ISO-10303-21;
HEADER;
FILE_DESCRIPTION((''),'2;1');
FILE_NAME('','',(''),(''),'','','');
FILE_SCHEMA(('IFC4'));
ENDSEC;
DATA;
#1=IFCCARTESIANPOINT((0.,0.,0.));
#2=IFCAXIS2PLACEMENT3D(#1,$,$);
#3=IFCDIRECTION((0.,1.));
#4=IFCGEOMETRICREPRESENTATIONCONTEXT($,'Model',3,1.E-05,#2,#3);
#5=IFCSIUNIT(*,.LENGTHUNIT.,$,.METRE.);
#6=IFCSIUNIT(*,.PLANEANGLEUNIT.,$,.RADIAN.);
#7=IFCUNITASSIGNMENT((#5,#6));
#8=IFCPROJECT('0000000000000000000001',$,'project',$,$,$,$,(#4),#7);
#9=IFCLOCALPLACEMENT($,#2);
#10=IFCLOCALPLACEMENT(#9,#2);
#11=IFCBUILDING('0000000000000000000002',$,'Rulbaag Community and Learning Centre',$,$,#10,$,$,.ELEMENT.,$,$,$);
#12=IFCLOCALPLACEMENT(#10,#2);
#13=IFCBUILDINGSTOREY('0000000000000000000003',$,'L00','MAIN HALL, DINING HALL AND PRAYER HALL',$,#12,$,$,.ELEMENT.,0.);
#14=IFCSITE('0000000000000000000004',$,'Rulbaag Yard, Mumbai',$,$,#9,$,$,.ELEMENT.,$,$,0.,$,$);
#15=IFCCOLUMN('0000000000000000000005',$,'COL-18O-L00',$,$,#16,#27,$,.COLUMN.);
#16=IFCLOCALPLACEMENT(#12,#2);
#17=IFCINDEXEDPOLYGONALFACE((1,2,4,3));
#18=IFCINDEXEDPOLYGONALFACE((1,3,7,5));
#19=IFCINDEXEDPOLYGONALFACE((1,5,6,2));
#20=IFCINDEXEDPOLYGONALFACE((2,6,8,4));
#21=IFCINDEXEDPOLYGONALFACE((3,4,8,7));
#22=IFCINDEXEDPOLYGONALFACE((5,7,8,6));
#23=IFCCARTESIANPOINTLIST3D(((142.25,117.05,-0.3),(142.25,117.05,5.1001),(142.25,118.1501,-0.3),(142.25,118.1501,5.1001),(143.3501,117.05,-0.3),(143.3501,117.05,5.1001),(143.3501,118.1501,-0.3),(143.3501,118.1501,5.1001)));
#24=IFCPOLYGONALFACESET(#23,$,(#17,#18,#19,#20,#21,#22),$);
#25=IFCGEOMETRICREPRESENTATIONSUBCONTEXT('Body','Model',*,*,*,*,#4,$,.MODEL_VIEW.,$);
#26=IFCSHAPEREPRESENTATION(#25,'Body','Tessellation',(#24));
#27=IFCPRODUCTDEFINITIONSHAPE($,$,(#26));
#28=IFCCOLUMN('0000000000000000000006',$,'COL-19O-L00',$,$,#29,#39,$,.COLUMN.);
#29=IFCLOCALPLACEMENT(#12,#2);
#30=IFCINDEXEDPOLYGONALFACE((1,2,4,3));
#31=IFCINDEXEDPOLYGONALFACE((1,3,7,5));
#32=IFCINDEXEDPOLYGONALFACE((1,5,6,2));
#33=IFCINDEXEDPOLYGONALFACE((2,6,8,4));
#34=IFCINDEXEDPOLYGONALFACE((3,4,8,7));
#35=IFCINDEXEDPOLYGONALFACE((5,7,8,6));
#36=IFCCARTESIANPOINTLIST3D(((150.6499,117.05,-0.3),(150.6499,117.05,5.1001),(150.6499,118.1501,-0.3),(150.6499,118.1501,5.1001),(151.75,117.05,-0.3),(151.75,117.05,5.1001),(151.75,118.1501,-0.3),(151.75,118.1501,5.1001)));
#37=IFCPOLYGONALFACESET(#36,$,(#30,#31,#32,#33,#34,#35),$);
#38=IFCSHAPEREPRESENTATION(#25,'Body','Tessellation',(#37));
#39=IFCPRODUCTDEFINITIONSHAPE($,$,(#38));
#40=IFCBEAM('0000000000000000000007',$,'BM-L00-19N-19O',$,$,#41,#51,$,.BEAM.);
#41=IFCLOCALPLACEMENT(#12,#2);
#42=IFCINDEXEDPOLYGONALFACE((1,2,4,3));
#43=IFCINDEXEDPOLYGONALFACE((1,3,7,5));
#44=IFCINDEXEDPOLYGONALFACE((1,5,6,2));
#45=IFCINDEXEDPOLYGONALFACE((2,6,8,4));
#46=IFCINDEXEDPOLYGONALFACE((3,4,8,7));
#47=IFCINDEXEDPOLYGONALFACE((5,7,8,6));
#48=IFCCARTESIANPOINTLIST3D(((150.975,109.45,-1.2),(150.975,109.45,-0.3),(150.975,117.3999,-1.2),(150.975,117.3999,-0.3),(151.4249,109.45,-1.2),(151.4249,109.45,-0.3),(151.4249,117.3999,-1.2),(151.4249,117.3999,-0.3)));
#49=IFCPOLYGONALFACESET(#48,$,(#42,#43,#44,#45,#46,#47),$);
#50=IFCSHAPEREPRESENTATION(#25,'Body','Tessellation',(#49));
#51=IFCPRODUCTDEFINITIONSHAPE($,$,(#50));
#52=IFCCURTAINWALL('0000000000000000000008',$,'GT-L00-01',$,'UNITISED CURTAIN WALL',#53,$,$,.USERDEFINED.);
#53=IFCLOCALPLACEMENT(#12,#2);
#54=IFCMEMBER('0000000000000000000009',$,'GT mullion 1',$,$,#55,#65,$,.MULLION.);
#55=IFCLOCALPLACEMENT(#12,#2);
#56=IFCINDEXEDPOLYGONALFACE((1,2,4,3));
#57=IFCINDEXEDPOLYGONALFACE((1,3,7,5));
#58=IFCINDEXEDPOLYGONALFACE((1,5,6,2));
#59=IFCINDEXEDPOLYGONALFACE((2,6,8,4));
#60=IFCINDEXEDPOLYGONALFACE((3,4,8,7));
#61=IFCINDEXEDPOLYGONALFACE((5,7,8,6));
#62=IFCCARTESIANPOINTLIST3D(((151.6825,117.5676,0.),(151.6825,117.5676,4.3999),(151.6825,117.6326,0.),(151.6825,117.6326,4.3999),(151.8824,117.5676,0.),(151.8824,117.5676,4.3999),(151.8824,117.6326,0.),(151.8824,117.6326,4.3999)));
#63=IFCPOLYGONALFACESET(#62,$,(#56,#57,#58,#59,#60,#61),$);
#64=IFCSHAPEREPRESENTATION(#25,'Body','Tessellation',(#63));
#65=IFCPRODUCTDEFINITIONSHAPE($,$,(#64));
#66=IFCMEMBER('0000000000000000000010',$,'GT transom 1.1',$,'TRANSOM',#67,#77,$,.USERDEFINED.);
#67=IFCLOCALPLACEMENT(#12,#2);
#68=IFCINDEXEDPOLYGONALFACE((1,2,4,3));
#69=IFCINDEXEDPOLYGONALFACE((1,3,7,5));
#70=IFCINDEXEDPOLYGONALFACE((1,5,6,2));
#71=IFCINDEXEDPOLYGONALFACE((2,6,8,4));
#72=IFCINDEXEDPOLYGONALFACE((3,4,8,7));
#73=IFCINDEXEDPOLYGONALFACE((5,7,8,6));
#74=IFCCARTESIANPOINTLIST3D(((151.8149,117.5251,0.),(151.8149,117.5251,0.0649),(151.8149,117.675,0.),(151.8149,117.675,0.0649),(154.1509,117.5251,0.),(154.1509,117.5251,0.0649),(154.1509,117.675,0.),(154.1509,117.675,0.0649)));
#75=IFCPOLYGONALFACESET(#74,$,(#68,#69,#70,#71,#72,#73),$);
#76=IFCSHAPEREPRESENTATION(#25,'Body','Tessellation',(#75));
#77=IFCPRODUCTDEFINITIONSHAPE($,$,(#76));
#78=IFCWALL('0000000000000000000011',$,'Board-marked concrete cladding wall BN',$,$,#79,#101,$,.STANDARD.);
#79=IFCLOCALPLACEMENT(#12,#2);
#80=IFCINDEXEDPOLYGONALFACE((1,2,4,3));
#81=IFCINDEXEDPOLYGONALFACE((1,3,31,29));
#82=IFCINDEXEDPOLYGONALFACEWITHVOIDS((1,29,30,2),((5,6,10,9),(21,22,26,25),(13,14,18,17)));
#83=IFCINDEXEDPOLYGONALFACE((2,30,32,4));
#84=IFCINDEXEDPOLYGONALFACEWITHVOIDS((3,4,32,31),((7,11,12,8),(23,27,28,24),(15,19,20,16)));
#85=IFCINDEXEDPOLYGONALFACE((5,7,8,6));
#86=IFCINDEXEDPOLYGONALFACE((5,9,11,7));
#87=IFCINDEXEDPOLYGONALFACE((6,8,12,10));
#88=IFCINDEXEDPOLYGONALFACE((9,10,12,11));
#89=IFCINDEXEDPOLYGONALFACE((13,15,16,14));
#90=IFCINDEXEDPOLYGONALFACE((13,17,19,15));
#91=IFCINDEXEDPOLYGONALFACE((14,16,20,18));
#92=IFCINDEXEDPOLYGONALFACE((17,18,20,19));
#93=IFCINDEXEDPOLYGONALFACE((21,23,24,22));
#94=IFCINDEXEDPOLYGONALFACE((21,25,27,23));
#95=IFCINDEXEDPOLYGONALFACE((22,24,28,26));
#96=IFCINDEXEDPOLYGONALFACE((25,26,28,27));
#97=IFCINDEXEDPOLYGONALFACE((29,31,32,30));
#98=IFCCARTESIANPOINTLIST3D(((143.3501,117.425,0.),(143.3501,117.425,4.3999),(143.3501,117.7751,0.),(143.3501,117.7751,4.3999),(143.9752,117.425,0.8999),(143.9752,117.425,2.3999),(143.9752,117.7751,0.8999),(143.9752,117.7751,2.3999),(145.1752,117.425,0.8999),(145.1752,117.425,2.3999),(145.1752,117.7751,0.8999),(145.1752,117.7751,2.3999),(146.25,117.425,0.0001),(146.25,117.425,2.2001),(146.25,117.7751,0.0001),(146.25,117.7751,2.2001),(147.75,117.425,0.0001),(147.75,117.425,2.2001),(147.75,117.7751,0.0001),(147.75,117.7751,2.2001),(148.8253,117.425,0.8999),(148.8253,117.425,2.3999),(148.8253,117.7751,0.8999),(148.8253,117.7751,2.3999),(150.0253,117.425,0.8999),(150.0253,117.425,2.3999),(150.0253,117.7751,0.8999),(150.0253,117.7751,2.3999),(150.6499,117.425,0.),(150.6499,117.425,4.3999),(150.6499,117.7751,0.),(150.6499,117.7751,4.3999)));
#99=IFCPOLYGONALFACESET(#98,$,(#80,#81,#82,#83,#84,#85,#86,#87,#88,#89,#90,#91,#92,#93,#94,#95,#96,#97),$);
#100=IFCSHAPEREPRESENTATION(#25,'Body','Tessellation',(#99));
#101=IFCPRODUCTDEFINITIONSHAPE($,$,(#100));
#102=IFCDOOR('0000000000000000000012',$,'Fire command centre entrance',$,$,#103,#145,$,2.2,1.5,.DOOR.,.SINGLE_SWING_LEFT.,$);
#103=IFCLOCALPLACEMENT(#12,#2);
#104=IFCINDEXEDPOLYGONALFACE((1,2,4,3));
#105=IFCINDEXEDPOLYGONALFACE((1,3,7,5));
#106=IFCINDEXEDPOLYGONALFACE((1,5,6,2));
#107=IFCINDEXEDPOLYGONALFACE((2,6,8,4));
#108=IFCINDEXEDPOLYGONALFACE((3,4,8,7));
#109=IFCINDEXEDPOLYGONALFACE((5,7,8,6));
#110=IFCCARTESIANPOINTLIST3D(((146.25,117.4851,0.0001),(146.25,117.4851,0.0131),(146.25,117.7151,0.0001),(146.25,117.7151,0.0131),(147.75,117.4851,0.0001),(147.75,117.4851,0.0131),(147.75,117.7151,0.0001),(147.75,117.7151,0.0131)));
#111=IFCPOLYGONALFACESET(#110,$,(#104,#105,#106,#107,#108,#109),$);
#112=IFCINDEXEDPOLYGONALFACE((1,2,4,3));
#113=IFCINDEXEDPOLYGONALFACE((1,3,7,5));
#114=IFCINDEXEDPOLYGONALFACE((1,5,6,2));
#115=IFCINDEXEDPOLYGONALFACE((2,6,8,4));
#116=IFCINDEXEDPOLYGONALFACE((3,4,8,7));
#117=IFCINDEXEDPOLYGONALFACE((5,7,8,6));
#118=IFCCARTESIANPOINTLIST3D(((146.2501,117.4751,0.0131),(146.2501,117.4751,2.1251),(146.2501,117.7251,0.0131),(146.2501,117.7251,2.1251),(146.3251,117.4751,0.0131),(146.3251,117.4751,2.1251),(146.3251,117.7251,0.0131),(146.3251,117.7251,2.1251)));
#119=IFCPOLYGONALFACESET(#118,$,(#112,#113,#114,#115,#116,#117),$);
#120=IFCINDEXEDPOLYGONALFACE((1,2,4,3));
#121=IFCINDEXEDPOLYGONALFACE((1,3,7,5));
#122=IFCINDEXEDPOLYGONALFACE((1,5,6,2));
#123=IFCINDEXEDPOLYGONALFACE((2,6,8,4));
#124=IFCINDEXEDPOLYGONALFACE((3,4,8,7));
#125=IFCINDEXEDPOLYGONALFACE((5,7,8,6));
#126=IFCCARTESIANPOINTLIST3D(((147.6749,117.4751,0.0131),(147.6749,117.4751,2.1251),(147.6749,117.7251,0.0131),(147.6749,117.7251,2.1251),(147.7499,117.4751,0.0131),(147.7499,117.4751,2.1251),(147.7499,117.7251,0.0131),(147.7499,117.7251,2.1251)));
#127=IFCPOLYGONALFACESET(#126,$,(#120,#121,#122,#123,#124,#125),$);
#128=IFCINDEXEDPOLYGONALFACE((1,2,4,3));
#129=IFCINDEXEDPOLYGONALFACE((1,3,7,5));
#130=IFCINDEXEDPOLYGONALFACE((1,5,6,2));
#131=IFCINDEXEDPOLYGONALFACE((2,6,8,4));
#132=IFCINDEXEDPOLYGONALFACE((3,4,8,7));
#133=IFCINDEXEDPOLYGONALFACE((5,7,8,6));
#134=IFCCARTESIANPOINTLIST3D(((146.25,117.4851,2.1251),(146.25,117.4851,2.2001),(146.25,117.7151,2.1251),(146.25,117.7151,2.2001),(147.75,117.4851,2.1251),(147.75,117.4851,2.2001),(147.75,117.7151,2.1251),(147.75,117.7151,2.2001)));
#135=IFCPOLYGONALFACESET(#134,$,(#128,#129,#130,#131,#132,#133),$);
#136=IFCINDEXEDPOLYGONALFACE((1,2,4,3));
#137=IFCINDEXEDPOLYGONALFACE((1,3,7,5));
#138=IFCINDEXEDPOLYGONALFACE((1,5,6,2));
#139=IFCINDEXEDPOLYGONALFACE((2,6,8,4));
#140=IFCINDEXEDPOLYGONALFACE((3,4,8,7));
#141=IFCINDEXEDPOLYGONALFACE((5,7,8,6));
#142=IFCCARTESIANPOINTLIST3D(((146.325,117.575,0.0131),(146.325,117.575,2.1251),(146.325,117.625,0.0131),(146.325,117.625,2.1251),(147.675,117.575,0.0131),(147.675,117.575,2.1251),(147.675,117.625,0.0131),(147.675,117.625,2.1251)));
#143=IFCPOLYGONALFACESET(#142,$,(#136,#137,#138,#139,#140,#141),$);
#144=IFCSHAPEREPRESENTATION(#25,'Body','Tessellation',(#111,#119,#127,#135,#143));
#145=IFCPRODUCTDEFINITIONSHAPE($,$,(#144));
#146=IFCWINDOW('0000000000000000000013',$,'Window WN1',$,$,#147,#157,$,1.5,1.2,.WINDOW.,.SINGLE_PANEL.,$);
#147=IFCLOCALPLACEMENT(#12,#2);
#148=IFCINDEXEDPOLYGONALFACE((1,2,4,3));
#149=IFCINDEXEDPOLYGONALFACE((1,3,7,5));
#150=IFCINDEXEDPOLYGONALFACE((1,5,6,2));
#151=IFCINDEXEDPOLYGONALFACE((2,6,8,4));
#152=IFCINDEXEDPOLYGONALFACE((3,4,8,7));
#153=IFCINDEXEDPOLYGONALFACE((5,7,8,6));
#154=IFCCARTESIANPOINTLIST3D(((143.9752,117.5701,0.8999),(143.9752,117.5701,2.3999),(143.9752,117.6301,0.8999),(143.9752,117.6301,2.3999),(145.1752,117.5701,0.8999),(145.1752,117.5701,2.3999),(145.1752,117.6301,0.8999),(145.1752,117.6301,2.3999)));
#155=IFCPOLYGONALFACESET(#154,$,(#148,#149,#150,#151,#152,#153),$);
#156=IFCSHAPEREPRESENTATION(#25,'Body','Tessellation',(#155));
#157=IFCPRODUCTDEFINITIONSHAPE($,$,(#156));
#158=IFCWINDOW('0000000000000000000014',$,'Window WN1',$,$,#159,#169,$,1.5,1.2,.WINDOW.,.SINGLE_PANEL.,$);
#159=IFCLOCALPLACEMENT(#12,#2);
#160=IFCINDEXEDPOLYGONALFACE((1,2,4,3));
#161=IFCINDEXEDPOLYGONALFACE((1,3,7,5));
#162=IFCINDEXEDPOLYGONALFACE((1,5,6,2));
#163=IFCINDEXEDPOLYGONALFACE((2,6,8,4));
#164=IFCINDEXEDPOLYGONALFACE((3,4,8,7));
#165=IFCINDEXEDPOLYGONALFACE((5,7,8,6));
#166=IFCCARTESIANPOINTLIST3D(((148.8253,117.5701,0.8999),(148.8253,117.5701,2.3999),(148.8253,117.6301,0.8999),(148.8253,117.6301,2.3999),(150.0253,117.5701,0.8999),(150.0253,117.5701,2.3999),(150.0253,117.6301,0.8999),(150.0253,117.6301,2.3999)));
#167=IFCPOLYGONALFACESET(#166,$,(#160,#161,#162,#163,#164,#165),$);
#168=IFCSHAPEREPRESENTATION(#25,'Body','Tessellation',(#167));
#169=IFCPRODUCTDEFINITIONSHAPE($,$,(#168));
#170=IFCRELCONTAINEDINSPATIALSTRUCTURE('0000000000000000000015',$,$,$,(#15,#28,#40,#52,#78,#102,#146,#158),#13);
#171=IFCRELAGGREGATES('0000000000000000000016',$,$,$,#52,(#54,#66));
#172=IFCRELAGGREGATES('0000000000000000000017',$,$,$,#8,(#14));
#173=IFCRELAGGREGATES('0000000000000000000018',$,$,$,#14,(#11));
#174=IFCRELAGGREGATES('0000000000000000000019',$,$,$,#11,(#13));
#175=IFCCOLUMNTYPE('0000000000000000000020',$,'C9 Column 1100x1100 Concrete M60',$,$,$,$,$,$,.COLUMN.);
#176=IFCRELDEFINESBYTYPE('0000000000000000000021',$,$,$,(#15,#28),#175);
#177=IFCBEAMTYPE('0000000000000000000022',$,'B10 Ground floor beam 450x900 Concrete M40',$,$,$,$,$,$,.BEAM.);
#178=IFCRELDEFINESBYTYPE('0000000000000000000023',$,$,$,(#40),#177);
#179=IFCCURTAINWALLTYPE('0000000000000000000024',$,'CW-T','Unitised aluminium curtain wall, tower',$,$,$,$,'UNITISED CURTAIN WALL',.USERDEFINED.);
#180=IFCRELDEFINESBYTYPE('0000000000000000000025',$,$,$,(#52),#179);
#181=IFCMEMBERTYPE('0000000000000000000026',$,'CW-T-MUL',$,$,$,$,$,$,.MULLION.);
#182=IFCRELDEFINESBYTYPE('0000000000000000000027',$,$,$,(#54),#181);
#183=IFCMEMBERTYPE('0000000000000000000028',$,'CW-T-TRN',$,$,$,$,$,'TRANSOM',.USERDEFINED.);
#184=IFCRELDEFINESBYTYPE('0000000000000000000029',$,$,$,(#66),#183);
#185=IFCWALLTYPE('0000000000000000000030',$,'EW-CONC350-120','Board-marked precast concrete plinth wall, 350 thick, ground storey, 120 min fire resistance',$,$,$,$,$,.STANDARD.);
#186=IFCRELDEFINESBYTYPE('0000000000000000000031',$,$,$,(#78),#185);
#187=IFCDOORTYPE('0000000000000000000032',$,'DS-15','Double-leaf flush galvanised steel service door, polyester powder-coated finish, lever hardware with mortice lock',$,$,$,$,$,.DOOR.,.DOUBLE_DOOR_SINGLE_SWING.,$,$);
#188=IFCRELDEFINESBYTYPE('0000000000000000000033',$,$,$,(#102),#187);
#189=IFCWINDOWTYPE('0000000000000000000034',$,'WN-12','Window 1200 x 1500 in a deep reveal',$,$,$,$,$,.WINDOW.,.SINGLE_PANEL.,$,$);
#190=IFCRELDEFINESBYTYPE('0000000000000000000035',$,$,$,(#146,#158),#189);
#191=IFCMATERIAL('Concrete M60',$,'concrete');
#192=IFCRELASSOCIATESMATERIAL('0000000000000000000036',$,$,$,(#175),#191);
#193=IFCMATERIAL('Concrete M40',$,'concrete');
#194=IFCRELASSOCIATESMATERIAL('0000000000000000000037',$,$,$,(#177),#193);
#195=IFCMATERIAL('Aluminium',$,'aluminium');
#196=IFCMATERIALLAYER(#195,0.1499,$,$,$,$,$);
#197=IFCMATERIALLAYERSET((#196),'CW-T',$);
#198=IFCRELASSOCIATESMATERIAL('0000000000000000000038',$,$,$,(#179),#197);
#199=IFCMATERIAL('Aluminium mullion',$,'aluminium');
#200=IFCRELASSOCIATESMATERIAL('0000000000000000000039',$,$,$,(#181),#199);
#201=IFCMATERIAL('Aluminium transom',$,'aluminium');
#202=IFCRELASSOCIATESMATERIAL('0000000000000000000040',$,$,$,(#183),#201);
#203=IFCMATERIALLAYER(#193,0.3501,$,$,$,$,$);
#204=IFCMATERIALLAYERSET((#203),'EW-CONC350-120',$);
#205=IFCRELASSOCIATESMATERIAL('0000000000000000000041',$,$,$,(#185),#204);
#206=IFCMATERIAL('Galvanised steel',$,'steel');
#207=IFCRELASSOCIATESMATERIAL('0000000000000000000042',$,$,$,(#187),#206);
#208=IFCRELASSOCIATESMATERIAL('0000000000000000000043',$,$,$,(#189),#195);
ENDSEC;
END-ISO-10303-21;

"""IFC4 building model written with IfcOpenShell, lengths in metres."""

from ifc_helpers import new_model, si_unit, direction, frame, frame_2d, origin, origin_2d, place, context, subcontext, project, spatial, rectangle, extrude, material, layer, layer_set, material_profile, profile_set, type_object, element, fill, aggregate, save


model = new_model("IFC4")

# Units and contexts
model_context = context("Model", 3, precision=1e-05, world=origin(), true_north=direction((0.0, 1.0)))
body_context = subcontext(model_context, "Body", "Model", "MODEL_VIEW")
ifc_project = project(units=[si_unit("LENGTHUNIT", "METRE"), si_unit("PLANEANGLEUNIT", "RADIAN")], contexts=[model_context])

# Site, building, storey
site_placement = place(None, origin())
site = spatial("IfcSite", under=ifc_project, at=site_placement, Name="Rulbaag Yard, Mumbai", CompositionType="ELEMENT", RefElevation=0.0)
building_placement = place(site_placement, origin())
building = spatial("IfcBuilding", under=site, at=building_placement, Name="Rulbaag Community and Learning Centre", CompositionType="ELEMENT")
storey_placement = place(building_placement, origin())
storey = spatial("IfcBuildingStorey", under=building, at=storey_placement, Name="L00", Description="MAIN HALL, DINING HALL AND PRAYER HALL", CompositionType="ELEMENT", Elevation=0.0)

# Columns
ifc_material_1 = material(Name="Concrete M60", Category="concrete")
ifc_material_profile_1 = material_profile(ifc_material_1, rectangle(XDim=1.1001, YDim=1.1001, at=origin_2d()), Name="RC1100x1100")
ifc_profile_set_1 = profile_set([ifc_material_profile_1], Name="Concrete M60")
column_type = type_object("IfcColumnType", Name="C9 Column 1100x1100 Concrete M60", PredefinedType="COLUMN", material=ifc_profile_set_1)
for number, where, z_axis, x_axis, name in (
    (1, (142.8, 117.6001, -0.3), (0.0, 0.0, 1.0), (1.0, 0.0, 0.0), "COL-18O-L00"),
    (2, (151.2, 117.6001, -0.3), (0.0, 0.0, 1.0), (1.0, 0.0, 0.0), "COL-19O-L00"),
):
    element("IfcColumn", number, at=place(storey_placement, frame(where, z_axis=z_axis, x_axis=x_axis)), inside=storey, type_object=column_type, Name=name, PredefinedType="COLUMN", context=body_context, shape_type="SweptSolid", body=[
        extrude(rectangle(XDim=1.1001, YDim=1.1001, at=origin_2d()), origin(), (0.0, 0.0, 1.0), 5.4001),
    ])

# Beam
ifc_material_2 = material(Name="Concrete M40", Category="concrete")
ifc_material_profile_2 = material_profile(ifc_material_2, rectangle(XDim=0.45, YDim=0.8999, at=origin_2d()), Name="RB450x900")
ifc_profile_set_2 = profile_set([ifc_material_profile_2], Name="Concrete M40")
beam_type = type_object("IfcBeamType", Name="B10 Ground floor beam 450x900 Concrete M40", PredefinedType="BEAM", material=ifc_profile_set_2)
beam_placement = place(storey_placement, frame((151.2, 109.45, -0.75), z_axis=(0.0, 1.0, 0.0), x_axis=(-1.0, 0.0, 0.0)))
element("IfcBeam", 3, at=beam_placement, inside=storey, type_object=beam_type, Name="BM-L00-19N-19O", PredefinedType="BEAM", context=body_context, shape_type="SweptSolid", body=[
    extrude(rectangle(XDim=0.45, YDim=0.8999, at=origin_2d()), origin(), (0.0, 0.0, 1.0), 7.95),
])

# Curtain wall, members
ifc_material_3 = material(Name="Aluminium", Category="aluminium")
ifc_layer_1 = layer(ifc_material_3, 0.1499)
ifc_layer_set_1 = layer_set([ifc_layer_1], Name="CW-T")
curtain_wall_type = type_object("IfcCurtainWallType", Name="CW-T", Description="Unitised aluminium curtain wall, tower", ElementType="UNITISED CURTAIN WALL", PredefinedType="USERDEFINED", material=ifc_layer_set_1)
curtain_wall_placement = place(storey_placement, origin())
curtain_wall = element("IfcCurtainWall", 4, at=curtain_wall_placement, inside=storey, type_object=curtain_wall_type, Name="GT-L00-01", ObjectType="UNITISED CURTAIN WALL", PredefinedType="USERDEFINED")
ifc_material_4 = material(Name="Aluminium mullion", Category="aluminium")
ifc_material_profile_3 = material_profile(ifc_material_4, rectangle(XDim=0.0649, YDim=0.2, at=origin_2d()), Name="AL 65x200")
ifc_profile_set_3 = profile_set([ifc_material_profile_3], Name="Aluminium mullion")
member_type_1 = type_object("IfcMemberType", Name="CW-T-MUL", PredefinedType="MULLION", material=ifc_profile_set_3)
member_1_placement = place(storey_placement, frame((151.7825, 117.6001, 0.0), z_axis=(0.0, 0.0, 1.0), x_axis=(0.0, 1.0, 0.0)))
member_1 = element("IfcMember", 5, at=member_1_placement, type_object=member_type_1, Name="GT mullion 1", PredefinedType="MULLION", context=body_context, shape_type="SweptSolid", body=[
    extrude(rectangle(XDim=0.0649, YDim=0.2, at=origin_2d()), origin(), (0.0, 0.0, 1.0), 4.3999),
])
ifc_material_5 = material(Name="Aluminium transom", Category="aluminium")
ifc_material_profile_4 = material_profile(ifc_material_5, rectangle(XDim=0.1499, YDim=0.0649, at=origin_2d()), Name="AL 65x150 T")
ifc_profile_set_4 = profile_set([ifc_material_profile_4], Name="Aluminium transom")
member_type_2 = type_object("IfcMemberType", Name="CW-T-TRN", ElementType="TRANSOM", PredefinedType="USERDEFINED", material=ifc_profile_set_4)
member_2_placement = place(storey_placement, frame((151.8149, 117.6001, 0.0325), z_axis=(1.0, 0.0, 0.0), x_axis=(0.0, 1.0, 0.0)))
member_2 = element("IfcMember", 6, at=member_2_placement, type_object=member_type_2, Name="GT transom 1.1", ObjectType="TRANSOM", PredefinedType="USERDEFINED", context=body_context, shape_type="SweptSolid", body=[
    extrude(rectangle(XDim=0.1499, YDim=0.0649, at=origin_2d()), origin(), (0.0, 0.0, 1.0), 2.3359),
])
aggregate(curtain_wall, [member_1, member_2])

# Wall, openings, door, windows
ifc_layer_2 = layer(ifc_material_2, 0.3501)
ifc_layer_set_2 = layer_set([ifc_layer_2], Name="EW-CONC350-120")
wall_type_1 = type_object("IfcWallType", Name="EW-CONC350-120", Description="Board-marked precast concrete plinth wall, 350 thick, ground storey, 120 min fire resistance", PredefinedType="STANDARD", material=ifc_layer_set_2)
wall_1_placement = place(storey_placement, frame((143.3501, 117.6001, 0.0), z_axis=(0.0, 0.0, 1.0), x_axis=(1.0, 0.0, 0.0)))
wall_1 = element("IfcWall", 7, at=wall_1_placement, inside=storey, type_object=wall_type_1, Name="Board-marked concrete cladding wall BN", PredefinedType="STANDARD", context=body_context, shape_type="SweptSolid", body=[
    extrude(rectangle(XDim=7.2998, YDim=0.3501, at=frame_2d((3.6499, 0.0))), origin(), (0.0, 0.0, 1.0), 4.3999),
])
opening_1_placement = place(wall_1_placement, frame((2.8999, 0.0, 0.0)))
opening_1 = element("IfcOpeningElement", 8, at=opening_1_placement, cuts=wall_1, PredefinedType="OPENING", context=body_context, shape_type="SweptSolid", body=[
    extrude(rectangle(XDim=1.5, YDim=2.2, at=frame_2d((0.75, 1.1001))), frame((0.0, 0.1851, 0.0), z_axis=(0.0, -1.0, 0.0), x_axis=(1.0, 0.0, 0.0)), (0.0, 0.0, 1.0), 0.3701),
])
opening_2_placement = place(wall_1_placement, frame((0.625, 0.0, 0.8999)))
opening_2 = element("IfcOpeningElement", 9, at=opening_2_placement, cuts=wall_1, PredefinedType="OPENING", context=body_context, shape_type="SweptSolid", body=[
    extrude(rectangle(XDim=1.2, YDim=1.5, at=frame_2d((0.6001, 0.75))), frame((0.0, 0.1851, 0.0), z_axis=(0.0, -1.0, 0.0), x_axis=(1.0, 0.0, 0.0)), (0.0, 0.0, 1.0), 0.3701),
])
opening_3_placement = place(wall_1_placement, frame((5.4751, 0.0, 0.8999)))
opening_3 = element("IfcOpeningElement", 10, at=opening_3_placement, cuts=wall_1, PredefinedType="OPENING", context=body_context, shape_type="SweptSolid", body=[
    extrude(rectangle(XDim=1.2, YDim=1.5, at=frame_2d((0.6001, 0.75))), frame((0.0, 0.1851, 0.0), z_axis=(0.0, -1.0, 0.0), x_axis=(1.0, 0.0, 0.0)), (0.0, 0.0, 1.0), 0.3701),
])
ifc_material_6 = material(Name="Galvanised steel", Category="steel")
door_type_1 = type_object("IfcDoorType", Name="DS-15", Description="Double-leaf flush galvanised steel service door, polyester powder-coated finish, lever hardware with mortice lock", OperationType="DOUBLE_DOOR_SINGLE_SWING", PredefinedType="DOOR", material=ifc_material_6)
door_1_placement = place(opening_1_placement, origin())
door_1 = element("IfcDoor", 11, at=door_1_placement, inside=storey, type_object=door_type_1, Name="Fire command centre entrance", OperationType="SINGLE_SWING_LEFT", OverallHeight=2.2, OverallWidth=1.5, PredefinedType="DOOR", context=body_context, shape_type="SweptSolid", body=[
    extrude(rectangle(XDim=1.5, YDim=0.0129, at=frame_2d((0.75, 0.0066))), frame((0.0, 0.115, 0.0), z_axis=(0.0, -1.0, 0.0), x_axis=(1.0, 0.0, 0.0)), (0.0, 0.0, 1.0), 0.23),
    extrude(rectangle(XDim=0.075, YDim=2.1121, at=frame_2d((0.0376, 1.0691))), frame((0.0, 0.125, 0.0), z_axis=(0.0, -1.0, 0.0), x_axis=(1.0, 0.0, 0.0)), (0.0, 0.0, 1.0), 0.25),
    extrude(rectangle(XDim=0.075, YDim=2.1121, at=frame_2d((1.4624, 1.0691))), frame((0.0, 0.125, 0.0), z_axis=(0.0, -1.0, 0.0), x_axis=(1.0, 0.0, 0.0)), (0.0, 0.0, 1.0), 0.25),
    extrude(rectangle(XDim=1.5, YDim=0.075, at=frame_2d((0.75, 2.1626))), frame((0.0, 0.115, 0.0), z_axis=(0.0, -1.0, 0.0), x_axis=(1.0, 0.0, 0.0)), (0.0, 0.0, 1.0), 0.23),
    extrude(rectangle(XDim=1.3501, YDim=2.1121, at=frame_2d((0.75, 1.0691))), frame((0.0, 0.0249, 0.0), z_axis=(0.0, -1.0, 0.0), x_axis=(1.0, 0.0, 0.0)), (0.0, 0.0, 1.0), 0.05),
])
fill(opening_1, door_1)
window_type_1 = type_object("IfcWindowType", Name="WN-12", Description="Window 1200 x 1500 in a deep reveal", PartitioningType="SINGLE_PANEL", PredefinedType="WINDOW", material=ifc_material_3)
window_1_placement = place(opening_2_placement, origin())
window_1 = element("IfcWindow", 12, at=window_1_placement, inside=storey, type_object=window_type_1, Name="Window WN1", OverallHeight=1.5, OverallWidth=1.2, PartitioningType="SINGLE_PANEL", PredefinedType="WINDOW", context=body_context, shape_type="SweptSolid", body=[
    extrude(rectangle(XDim=1.2, YDim=1.5, at=frame_2d((0.6001, 0.75))), frame((0.0, 0.03, 0.0), z_axis=(0.0, -1.0, 0.0), x_axis=(1.0, 0.0, 0.0)), (0.0, 0.0, 1.0), 0.0601),
])
fill(opening_2, window_1)
window_2_placement = place(opening_3_placement, origin())
window_2 = element("IfcWindow", 13, at=window_2_placement, inside=storey, type_object=window_type_1, Name="Window WN1", OverallHeight=1.5, OverallWidth=1.2, PartitioningType="SINGLE_PANEL", PredefinedType="WINDOW", context=body_context, shape_type="SweptSolid", body=[
    extrude(rectangle(XDim=1.2, YDim=1.5, at=frame_2d((0.6001, 0.75))), frame((0.0, 0.03, 0.0), z_axis=(0.0, -1.0, 0.0), x_axis=(1.0, 0.0, 0.0)), (0.0, 0.0, 1.0), 0.0601),
])
fill(opening_3, window_2)

save(model, "model.ifc")
